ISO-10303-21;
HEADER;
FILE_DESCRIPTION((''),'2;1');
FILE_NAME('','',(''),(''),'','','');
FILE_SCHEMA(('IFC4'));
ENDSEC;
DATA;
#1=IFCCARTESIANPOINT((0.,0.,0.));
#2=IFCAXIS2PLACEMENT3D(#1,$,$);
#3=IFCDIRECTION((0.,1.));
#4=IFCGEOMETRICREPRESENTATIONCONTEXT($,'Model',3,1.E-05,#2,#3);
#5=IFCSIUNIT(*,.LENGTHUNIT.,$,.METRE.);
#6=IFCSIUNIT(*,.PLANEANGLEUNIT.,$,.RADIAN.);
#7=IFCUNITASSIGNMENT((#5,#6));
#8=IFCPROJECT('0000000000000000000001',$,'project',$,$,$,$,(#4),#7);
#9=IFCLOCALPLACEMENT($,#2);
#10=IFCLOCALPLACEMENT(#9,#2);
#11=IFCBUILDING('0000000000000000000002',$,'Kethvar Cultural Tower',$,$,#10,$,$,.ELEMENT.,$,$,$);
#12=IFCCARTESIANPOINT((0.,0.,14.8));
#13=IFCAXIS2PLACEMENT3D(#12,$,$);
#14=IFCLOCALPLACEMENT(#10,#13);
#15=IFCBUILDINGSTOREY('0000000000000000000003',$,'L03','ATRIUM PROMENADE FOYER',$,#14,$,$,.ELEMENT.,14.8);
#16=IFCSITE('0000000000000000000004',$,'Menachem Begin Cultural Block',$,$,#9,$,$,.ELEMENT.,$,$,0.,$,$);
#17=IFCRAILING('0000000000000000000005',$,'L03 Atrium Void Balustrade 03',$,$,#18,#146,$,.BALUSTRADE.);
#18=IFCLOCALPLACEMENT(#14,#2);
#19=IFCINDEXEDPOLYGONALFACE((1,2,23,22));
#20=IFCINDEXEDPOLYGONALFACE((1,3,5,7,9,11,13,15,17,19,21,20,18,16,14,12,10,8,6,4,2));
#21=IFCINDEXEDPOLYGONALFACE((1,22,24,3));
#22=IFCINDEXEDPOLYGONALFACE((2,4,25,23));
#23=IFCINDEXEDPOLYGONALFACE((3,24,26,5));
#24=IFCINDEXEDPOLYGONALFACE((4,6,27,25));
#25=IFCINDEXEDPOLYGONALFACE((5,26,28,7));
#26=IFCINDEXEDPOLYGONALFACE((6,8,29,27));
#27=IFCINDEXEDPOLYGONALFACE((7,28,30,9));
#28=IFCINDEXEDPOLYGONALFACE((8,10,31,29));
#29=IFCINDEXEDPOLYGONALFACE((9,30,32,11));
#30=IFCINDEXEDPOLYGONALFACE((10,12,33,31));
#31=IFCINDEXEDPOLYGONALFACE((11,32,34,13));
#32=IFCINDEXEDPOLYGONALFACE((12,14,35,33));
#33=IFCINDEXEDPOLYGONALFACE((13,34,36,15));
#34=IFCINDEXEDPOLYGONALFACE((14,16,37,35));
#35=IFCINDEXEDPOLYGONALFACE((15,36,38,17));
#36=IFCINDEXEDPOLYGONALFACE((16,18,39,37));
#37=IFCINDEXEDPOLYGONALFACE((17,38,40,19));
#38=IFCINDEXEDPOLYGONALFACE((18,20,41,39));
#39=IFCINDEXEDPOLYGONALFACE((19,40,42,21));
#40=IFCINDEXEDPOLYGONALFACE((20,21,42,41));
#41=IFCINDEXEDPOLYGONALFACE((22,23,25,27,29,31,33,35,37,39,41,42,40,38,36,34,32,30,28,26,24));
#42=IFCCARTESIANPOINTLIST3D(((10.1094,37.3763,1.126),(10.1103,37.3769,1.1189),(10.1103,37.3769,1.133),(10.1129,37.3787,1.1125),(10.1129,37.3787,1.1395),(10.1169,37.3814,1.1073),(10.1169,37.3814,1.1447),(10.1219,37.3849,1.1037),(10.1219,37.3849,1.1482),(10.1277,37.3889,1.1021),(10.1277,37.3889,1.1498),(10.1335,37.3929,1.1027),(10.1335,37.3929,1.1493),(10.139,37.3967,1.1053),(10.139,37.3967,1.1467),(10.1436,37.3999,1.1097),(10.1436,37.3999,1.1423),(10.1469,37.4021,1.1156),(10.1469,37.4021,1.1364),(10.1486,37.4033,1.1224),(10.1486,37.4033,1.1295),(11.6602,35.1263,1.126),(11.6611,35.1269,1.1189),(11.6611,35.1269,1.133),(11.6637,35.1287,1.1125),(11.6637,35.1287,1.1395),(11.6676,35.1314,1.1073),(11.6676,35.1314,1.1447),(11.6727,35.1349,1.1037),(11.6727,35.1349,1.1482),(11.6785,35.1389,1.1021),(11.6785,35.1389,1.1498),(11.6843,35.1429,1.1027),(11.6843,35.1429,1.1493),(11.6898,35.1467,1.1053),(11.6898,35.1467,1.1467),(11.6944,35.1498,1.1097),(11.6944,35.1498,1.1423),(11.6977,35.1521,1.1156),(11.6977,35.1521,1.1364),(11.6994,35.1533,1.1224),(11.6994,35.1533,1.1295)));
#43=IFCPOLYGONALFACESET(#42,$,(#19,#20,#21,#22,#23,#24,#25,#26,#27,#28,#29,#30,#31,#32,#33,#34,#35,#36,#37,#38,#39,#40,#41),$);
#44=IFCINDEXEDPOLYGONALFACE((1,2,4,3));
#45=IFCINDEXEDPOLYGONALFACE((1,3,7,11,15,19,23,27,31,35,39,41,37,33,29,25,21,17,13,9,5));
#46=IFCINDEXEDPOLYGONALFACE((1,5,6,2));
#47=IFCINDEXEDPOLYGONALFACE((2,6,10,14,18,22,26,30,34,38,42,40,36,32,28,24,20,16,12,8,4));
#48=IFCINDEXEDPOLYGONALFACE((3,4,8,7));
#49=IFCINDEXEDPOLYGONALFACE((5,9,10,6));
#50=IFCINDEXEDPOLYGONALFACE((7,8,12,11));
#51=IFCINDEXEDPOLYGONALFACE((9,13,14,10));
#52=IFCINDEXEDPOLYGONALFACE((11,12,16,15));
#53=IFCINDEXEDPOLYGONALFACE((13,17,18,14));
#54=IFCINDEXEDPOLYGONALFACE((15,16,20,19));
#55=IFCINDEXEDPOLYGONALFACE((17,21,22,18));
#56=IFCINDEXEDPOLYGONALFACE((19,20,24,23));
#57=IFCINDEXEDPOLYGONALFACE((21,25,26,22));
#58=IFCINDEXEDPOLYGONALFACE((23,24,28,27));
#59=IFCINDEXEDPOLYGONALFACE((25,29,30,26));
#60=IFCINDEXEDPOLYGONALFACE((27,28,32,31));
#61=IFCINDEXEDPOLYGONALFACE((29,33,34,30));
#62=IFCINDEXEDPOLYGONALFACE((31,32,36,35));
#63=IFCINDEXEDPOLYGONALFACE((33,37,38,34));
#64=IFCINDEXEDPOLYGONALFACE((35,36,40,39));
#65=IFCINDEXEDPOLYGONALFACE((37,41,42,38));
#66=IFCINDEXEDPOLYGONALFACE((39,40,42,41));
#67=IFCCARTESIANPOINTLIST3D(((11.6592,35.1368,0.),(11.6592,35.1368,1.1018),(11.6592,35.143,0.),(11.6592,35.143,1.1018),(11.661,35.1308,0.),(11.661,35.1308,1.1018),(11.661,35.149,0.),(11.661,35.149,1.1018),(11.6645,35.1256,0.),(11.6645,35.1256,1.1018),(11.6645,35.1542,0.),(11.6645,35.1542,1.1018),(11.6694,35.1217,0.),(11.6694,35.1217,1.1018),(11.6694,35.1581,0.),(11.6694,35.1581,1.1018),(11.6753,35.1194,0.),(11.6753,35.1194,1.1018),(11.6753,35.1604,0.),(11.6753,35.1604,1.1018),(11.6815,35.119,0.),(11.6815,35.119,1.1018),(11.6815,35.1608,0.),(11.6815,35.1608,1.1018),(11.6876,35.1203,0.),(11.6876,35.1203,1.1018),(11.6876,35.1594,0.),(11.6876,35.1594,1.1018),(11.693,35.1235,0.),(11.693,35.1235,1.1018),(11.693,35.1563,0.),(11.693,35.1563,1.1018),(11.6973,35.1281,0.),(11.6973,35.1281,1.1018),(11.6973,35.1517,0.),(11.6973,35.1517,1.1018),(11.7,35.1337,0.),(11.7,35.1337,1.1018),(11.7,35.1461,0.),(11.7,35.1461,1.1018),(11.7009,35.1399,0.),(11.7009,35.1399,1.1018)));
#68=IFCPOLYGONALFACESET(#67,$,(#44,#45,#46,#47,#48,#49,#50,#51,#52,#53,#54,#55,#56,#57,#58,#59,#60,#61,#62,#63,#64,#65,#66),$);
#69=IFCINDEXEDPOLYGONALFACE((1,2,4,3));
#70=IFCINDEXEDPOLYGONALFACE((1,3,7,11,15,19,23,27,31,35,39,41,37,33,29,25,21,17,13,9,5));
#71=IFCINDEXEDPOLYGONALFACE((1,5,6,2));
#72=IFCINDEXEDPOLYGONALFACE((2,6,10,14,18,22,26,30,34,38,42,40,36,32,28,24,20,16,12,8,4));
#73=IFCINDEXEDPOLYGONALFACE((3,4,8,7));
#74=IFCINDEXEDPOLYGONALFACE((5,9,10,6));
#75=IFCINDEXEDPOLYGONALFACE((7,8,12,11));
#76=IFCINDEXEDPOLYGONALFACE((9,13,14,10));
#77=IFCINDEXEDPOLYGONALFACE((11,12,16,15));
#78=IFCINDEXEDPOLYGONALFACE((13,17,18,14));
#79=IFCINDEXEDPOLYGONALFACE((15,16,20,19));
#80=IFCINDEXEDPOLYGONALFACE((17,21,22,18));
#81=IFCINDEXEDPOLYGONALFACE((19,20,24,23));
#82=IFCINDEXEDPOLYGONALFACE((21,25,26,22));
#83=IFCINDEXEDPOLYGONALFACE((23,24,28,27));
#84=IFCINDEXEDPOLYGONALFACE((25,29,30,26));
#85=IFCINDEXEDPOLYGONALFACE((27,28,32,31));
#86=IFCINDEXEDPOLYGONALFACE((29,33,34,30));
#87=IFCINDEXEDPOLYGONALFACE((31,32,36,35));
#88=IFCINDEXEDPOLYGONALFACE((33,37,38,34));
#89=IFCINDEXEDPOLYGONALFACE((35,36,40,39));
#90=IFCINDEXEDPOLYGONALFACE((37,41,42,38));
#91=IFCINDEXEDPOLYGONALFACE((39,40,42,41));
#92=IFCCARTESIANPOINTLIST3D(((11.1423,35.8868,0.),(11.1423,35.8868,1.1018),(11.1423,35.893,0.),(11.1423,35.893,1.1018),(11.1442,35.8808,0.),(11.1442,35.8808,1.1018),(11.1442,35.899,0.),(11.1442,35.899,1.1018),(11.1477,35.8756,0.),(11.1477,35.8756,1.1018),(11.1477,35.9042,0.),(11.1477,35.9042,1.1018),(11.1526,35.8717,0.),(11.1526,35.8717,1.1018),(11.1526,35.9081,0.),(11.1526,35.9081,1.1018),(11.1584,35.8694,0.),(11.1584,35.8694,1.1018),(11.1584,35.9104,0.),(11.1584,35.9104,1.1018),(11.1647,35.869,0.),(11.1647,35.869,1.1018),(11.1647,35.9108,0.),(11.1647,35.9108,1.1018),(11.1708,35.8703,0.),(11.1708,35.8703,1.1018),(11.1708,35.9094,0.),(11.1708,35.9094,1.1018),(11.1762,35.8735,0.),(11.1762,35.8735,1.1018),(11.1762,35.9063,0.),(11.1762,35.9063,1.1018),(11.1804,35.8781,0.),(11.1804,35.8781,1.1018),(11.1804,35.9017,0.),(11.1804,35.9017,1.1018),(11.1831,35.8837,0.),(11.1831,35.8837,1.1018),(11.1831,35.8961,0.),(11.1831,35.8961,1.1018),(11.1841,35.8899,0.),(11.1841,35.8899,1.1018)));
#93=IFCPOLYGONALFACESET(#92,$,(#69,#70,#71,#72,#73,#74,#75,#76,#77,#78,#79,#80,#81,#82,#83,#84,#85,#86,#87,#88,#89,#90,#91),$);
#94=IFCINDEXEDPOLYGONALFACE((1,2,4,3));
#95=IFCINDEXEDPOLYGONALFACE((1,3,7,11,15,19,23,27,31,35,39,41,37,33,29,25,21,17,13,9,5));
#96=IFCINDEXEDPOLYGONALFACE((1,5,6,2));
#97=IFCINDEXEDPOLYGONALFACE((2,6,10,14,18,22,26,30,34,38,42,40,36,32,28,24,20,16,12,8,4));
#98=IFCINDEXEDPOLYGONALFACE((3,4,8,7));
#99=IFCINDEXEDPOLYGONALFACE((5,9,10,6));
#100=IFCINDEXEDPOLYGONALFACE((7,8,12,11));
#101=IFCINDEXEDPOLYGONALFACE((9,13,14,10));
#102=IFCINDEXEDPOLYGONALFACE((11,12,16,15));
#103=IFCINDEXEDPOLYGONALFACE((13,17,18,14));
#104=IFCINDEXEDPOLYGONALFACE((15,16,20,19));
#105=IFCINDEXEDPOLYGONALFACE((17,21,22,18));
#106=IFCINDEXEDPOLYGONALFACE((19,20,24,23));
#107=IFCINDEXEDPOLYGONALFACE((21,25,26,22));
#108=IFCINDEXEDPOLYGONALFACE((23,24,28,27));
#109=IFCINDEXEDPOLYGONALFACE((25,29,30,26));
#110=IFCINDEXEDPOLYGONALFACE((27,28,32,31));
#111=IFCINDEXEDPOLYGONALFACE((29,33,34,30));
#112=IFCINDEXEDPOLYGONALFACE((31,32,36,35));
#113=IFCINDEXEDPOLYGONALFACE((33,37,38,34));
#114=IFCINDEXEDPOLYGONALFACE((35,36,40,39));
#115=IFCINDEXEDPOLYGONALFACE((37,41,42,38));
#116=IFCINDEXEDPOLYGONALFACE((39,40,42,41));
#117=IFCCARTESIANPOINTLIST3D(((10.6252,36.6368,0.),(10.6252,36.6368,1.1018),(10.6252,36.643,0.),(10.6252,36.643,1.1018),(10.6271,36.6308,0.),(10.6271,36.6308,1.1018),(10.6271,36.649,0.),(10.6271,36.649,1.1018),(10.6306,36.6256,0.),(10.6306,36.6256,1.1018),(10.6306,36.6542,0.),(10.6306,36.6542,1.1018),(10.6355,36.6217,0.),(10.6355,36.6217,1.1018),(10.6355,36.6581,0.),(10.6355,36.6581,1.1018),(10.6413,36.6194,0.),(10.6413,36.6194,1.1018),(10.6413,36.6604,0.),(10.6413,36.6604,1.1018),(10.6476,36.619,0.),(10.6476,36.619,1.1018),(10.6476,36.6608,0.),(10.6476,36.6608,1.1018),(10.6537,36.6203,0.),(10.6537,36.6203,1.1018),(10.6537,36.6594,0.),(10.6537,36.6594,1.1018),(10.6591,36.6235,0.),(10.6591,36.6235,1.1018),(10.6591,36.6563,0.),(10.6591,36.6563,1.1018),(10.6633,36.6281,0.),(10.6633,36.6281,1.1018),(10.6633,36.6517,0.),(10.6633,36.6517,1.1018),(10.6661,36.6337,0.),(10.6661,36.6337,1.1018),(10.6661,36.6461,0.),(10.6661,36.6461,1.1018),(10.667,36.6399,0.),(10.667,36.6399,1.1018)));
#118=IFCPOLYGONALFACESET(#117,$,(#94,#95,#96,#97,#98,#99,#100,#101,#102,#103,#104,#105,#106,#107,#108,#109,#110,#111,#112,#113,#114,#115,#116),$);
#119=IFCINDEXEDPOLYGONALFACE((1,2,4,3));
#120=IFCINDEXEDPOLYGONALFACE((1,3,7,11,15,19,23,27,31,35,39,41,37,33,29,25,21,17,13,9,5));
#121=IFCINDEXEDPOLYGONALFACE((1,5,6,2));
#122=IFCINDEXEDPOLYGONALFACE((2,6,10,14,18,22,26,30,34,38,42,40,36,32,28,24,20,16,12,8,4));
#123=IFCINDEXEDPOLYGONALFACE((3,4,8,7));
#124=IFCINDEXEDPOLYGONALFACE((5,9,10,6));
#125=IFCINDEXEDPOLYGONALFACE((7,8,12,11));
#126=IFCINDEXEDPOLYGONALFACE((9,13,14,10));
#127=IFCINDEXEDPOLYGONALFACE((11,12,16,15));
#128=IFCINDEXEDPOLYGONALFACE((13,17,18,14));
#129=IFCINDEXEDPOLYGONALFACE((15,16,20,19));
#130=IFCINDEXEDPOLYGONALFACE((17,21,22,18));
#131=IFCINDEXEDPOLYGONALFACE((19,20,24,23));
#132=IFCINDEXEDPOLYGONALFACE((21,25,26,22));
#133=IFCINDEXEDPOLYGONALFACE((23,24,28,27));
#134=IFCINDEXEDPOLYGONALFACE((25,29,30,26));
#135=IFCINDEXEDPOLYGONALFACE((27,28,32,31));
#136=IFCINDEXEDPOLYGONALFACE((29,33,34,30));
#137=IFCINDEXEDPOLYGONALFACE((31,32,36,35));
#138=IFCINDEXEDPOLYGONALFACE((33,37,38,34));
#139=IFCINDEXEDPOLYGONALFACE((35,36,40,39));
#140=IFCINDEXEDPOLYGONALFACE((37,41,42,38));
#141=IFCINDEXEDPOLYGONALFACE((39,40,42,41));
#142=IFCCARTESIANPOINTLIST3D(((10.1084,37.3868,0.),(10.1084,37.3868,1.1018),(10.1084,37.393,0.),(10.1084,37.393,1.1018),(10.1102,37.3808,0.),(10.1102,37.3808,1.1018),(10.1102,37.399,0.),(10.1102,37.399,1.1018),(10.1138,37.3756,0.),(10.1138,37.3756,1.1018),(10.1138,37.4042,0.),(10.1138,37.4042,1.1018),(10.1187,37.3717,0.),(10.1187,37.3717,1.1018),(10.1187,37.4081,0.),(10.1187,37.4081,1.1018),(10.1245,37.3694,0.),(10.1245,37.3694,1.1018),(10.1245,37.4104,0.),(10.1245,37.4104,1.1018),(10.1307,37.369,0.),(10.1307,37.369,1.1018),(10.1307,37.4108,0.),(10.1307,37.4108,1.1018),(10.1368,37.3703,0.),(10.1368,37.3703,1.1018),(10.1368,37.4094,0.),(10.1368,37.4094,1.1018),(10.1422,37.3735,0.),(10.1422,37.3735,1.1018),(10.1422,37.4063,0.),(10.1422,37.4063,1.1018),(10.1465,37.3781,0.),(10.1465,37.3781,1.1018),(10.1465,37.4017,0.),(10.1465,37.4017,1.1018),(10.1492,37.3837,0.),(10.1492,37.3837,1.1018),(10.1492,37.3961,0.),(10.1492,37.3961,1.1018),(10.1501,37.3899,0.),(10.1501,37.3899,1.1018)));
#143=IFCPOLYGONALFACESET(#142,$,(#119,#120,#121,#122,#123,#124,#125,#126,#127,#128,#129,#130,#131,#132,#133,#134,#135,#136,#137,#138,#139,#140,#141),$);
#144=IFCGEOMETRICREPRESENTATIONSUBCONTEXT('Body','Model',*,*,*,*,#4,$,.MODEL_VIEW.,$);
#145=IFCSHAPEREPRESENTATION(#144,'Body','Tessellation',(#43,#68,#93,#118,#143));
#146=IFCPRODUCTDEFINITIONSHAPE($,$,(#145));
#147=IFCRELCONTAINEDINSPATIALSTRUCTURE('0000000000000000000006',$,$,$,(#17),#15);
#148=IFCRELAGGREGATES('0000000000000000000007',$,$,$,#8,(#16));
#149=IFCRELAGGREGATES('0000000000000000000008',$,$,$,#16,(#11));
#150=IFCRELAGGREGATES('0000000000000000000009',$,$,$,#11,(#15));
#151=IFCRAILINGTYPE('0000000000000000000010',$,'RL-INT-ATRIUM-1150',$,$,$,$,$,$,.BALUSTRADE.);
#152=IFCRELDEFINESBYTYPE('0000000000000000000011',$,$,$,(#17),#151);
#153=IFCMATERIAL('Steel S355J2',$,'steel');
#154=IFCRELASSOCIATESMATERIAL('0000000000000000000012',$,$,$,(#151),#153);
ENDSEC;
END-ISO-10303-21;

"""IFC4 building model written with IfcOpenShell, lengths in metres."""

from ifc_helpers import new_model, si_unit, direction, frame, origin, origin_2d, place, context, subcontext, project, spatial, circle, extrude, material, type_object, element, save


model = new_model("IFC4")

# Units and contexts
model_context = context("Model", 3, precision=1e-05, world=origin(), true_north=direction((0.0, 1.0)))
body_context = subcontext(model_context, "Body", "Model", "MODEL_VIEW")
ifc_project = project(units=[si_unit("LENGTHUNIT", "METRE"), si_unit("PLANEANGLEUNIT", "RADIAN")], contexts=[model_context])

# Site, building, storey
site_placement = place(None, origin())
site = spatial("IfcSite", under=ifc_project, at=site_placement, Name="Menachem Begin Cultural Block", CompositionType="ELEMENT", RefElevation=0.0)
building_placement = place(site_placement, origin())
building = spatial("IfcBuilding", under=site, at=building_placement, Name="Kethvar Cultural Tower", CompositionType="ELEMENT")
storey_placement = place(building_placement, frame((0.0, 0.0, 14.8)))
storey = spatial("IfcBuildingStorey", under=building, at=storey_placement, Name="L03", Description="ATRIUM PROMENADE FOYER", CompositionType="ELEMENT", Elevation=14.8)

# Shared definitions
ifc_material_1 = material(Name="Steel S355J2", Category="steel")

# Railing
railing_type = type_object("IfcRailingType", Name="RL-INT-ATRIUM-1150", PredefinedType="BALUSTRADE", material=ifc_material_1)
railing_1_placement = place(storey_placement, frame((11.6799, 35.1399, 0.0)))
element("IfcRailing", 1, at=railing_1_placement, inside=storey, type_object=railing_type, Name="L03 Atrium Void Balustrade 03", PredefinedType="BALUSTRADE", context=body_context, shape_type="SweptSolid", body=[
    extrude(circle(Radius=0.0239, at=origin_2d()), frame((0.0, 0.0, 1.126), z_axis=(-0.567499, 0.823374, 0.0), x_axis=(-0.823374, -0.567499, 0.0)), (0.0, 0.0, 1.0), 2.7327),
    extrude(circle(Radius=0.021, at=origin_2d()), origin(), (0.0, 0.0, 1.0), 1.1018),
    extrude(circle(Radius=0.021, at=origin_2d()), frame((-0.5168, 0.75, 0.0)), (0.0, 0.0, 1.0), 1.1018),
    extrude(circle(Radius=0.021, at=origin_2d()), frame((-1.0339, 1.5, 0.0)), (0.0, 0.0, 1.0), 1.1018),
    extrude(circle(Radius=0.021, at=origin_2d()), frame((-1.5508, 2.25, 0.0)), (0.0, 0.0, 1.0), 1.1018),
])

save(model, "model.ifc")
